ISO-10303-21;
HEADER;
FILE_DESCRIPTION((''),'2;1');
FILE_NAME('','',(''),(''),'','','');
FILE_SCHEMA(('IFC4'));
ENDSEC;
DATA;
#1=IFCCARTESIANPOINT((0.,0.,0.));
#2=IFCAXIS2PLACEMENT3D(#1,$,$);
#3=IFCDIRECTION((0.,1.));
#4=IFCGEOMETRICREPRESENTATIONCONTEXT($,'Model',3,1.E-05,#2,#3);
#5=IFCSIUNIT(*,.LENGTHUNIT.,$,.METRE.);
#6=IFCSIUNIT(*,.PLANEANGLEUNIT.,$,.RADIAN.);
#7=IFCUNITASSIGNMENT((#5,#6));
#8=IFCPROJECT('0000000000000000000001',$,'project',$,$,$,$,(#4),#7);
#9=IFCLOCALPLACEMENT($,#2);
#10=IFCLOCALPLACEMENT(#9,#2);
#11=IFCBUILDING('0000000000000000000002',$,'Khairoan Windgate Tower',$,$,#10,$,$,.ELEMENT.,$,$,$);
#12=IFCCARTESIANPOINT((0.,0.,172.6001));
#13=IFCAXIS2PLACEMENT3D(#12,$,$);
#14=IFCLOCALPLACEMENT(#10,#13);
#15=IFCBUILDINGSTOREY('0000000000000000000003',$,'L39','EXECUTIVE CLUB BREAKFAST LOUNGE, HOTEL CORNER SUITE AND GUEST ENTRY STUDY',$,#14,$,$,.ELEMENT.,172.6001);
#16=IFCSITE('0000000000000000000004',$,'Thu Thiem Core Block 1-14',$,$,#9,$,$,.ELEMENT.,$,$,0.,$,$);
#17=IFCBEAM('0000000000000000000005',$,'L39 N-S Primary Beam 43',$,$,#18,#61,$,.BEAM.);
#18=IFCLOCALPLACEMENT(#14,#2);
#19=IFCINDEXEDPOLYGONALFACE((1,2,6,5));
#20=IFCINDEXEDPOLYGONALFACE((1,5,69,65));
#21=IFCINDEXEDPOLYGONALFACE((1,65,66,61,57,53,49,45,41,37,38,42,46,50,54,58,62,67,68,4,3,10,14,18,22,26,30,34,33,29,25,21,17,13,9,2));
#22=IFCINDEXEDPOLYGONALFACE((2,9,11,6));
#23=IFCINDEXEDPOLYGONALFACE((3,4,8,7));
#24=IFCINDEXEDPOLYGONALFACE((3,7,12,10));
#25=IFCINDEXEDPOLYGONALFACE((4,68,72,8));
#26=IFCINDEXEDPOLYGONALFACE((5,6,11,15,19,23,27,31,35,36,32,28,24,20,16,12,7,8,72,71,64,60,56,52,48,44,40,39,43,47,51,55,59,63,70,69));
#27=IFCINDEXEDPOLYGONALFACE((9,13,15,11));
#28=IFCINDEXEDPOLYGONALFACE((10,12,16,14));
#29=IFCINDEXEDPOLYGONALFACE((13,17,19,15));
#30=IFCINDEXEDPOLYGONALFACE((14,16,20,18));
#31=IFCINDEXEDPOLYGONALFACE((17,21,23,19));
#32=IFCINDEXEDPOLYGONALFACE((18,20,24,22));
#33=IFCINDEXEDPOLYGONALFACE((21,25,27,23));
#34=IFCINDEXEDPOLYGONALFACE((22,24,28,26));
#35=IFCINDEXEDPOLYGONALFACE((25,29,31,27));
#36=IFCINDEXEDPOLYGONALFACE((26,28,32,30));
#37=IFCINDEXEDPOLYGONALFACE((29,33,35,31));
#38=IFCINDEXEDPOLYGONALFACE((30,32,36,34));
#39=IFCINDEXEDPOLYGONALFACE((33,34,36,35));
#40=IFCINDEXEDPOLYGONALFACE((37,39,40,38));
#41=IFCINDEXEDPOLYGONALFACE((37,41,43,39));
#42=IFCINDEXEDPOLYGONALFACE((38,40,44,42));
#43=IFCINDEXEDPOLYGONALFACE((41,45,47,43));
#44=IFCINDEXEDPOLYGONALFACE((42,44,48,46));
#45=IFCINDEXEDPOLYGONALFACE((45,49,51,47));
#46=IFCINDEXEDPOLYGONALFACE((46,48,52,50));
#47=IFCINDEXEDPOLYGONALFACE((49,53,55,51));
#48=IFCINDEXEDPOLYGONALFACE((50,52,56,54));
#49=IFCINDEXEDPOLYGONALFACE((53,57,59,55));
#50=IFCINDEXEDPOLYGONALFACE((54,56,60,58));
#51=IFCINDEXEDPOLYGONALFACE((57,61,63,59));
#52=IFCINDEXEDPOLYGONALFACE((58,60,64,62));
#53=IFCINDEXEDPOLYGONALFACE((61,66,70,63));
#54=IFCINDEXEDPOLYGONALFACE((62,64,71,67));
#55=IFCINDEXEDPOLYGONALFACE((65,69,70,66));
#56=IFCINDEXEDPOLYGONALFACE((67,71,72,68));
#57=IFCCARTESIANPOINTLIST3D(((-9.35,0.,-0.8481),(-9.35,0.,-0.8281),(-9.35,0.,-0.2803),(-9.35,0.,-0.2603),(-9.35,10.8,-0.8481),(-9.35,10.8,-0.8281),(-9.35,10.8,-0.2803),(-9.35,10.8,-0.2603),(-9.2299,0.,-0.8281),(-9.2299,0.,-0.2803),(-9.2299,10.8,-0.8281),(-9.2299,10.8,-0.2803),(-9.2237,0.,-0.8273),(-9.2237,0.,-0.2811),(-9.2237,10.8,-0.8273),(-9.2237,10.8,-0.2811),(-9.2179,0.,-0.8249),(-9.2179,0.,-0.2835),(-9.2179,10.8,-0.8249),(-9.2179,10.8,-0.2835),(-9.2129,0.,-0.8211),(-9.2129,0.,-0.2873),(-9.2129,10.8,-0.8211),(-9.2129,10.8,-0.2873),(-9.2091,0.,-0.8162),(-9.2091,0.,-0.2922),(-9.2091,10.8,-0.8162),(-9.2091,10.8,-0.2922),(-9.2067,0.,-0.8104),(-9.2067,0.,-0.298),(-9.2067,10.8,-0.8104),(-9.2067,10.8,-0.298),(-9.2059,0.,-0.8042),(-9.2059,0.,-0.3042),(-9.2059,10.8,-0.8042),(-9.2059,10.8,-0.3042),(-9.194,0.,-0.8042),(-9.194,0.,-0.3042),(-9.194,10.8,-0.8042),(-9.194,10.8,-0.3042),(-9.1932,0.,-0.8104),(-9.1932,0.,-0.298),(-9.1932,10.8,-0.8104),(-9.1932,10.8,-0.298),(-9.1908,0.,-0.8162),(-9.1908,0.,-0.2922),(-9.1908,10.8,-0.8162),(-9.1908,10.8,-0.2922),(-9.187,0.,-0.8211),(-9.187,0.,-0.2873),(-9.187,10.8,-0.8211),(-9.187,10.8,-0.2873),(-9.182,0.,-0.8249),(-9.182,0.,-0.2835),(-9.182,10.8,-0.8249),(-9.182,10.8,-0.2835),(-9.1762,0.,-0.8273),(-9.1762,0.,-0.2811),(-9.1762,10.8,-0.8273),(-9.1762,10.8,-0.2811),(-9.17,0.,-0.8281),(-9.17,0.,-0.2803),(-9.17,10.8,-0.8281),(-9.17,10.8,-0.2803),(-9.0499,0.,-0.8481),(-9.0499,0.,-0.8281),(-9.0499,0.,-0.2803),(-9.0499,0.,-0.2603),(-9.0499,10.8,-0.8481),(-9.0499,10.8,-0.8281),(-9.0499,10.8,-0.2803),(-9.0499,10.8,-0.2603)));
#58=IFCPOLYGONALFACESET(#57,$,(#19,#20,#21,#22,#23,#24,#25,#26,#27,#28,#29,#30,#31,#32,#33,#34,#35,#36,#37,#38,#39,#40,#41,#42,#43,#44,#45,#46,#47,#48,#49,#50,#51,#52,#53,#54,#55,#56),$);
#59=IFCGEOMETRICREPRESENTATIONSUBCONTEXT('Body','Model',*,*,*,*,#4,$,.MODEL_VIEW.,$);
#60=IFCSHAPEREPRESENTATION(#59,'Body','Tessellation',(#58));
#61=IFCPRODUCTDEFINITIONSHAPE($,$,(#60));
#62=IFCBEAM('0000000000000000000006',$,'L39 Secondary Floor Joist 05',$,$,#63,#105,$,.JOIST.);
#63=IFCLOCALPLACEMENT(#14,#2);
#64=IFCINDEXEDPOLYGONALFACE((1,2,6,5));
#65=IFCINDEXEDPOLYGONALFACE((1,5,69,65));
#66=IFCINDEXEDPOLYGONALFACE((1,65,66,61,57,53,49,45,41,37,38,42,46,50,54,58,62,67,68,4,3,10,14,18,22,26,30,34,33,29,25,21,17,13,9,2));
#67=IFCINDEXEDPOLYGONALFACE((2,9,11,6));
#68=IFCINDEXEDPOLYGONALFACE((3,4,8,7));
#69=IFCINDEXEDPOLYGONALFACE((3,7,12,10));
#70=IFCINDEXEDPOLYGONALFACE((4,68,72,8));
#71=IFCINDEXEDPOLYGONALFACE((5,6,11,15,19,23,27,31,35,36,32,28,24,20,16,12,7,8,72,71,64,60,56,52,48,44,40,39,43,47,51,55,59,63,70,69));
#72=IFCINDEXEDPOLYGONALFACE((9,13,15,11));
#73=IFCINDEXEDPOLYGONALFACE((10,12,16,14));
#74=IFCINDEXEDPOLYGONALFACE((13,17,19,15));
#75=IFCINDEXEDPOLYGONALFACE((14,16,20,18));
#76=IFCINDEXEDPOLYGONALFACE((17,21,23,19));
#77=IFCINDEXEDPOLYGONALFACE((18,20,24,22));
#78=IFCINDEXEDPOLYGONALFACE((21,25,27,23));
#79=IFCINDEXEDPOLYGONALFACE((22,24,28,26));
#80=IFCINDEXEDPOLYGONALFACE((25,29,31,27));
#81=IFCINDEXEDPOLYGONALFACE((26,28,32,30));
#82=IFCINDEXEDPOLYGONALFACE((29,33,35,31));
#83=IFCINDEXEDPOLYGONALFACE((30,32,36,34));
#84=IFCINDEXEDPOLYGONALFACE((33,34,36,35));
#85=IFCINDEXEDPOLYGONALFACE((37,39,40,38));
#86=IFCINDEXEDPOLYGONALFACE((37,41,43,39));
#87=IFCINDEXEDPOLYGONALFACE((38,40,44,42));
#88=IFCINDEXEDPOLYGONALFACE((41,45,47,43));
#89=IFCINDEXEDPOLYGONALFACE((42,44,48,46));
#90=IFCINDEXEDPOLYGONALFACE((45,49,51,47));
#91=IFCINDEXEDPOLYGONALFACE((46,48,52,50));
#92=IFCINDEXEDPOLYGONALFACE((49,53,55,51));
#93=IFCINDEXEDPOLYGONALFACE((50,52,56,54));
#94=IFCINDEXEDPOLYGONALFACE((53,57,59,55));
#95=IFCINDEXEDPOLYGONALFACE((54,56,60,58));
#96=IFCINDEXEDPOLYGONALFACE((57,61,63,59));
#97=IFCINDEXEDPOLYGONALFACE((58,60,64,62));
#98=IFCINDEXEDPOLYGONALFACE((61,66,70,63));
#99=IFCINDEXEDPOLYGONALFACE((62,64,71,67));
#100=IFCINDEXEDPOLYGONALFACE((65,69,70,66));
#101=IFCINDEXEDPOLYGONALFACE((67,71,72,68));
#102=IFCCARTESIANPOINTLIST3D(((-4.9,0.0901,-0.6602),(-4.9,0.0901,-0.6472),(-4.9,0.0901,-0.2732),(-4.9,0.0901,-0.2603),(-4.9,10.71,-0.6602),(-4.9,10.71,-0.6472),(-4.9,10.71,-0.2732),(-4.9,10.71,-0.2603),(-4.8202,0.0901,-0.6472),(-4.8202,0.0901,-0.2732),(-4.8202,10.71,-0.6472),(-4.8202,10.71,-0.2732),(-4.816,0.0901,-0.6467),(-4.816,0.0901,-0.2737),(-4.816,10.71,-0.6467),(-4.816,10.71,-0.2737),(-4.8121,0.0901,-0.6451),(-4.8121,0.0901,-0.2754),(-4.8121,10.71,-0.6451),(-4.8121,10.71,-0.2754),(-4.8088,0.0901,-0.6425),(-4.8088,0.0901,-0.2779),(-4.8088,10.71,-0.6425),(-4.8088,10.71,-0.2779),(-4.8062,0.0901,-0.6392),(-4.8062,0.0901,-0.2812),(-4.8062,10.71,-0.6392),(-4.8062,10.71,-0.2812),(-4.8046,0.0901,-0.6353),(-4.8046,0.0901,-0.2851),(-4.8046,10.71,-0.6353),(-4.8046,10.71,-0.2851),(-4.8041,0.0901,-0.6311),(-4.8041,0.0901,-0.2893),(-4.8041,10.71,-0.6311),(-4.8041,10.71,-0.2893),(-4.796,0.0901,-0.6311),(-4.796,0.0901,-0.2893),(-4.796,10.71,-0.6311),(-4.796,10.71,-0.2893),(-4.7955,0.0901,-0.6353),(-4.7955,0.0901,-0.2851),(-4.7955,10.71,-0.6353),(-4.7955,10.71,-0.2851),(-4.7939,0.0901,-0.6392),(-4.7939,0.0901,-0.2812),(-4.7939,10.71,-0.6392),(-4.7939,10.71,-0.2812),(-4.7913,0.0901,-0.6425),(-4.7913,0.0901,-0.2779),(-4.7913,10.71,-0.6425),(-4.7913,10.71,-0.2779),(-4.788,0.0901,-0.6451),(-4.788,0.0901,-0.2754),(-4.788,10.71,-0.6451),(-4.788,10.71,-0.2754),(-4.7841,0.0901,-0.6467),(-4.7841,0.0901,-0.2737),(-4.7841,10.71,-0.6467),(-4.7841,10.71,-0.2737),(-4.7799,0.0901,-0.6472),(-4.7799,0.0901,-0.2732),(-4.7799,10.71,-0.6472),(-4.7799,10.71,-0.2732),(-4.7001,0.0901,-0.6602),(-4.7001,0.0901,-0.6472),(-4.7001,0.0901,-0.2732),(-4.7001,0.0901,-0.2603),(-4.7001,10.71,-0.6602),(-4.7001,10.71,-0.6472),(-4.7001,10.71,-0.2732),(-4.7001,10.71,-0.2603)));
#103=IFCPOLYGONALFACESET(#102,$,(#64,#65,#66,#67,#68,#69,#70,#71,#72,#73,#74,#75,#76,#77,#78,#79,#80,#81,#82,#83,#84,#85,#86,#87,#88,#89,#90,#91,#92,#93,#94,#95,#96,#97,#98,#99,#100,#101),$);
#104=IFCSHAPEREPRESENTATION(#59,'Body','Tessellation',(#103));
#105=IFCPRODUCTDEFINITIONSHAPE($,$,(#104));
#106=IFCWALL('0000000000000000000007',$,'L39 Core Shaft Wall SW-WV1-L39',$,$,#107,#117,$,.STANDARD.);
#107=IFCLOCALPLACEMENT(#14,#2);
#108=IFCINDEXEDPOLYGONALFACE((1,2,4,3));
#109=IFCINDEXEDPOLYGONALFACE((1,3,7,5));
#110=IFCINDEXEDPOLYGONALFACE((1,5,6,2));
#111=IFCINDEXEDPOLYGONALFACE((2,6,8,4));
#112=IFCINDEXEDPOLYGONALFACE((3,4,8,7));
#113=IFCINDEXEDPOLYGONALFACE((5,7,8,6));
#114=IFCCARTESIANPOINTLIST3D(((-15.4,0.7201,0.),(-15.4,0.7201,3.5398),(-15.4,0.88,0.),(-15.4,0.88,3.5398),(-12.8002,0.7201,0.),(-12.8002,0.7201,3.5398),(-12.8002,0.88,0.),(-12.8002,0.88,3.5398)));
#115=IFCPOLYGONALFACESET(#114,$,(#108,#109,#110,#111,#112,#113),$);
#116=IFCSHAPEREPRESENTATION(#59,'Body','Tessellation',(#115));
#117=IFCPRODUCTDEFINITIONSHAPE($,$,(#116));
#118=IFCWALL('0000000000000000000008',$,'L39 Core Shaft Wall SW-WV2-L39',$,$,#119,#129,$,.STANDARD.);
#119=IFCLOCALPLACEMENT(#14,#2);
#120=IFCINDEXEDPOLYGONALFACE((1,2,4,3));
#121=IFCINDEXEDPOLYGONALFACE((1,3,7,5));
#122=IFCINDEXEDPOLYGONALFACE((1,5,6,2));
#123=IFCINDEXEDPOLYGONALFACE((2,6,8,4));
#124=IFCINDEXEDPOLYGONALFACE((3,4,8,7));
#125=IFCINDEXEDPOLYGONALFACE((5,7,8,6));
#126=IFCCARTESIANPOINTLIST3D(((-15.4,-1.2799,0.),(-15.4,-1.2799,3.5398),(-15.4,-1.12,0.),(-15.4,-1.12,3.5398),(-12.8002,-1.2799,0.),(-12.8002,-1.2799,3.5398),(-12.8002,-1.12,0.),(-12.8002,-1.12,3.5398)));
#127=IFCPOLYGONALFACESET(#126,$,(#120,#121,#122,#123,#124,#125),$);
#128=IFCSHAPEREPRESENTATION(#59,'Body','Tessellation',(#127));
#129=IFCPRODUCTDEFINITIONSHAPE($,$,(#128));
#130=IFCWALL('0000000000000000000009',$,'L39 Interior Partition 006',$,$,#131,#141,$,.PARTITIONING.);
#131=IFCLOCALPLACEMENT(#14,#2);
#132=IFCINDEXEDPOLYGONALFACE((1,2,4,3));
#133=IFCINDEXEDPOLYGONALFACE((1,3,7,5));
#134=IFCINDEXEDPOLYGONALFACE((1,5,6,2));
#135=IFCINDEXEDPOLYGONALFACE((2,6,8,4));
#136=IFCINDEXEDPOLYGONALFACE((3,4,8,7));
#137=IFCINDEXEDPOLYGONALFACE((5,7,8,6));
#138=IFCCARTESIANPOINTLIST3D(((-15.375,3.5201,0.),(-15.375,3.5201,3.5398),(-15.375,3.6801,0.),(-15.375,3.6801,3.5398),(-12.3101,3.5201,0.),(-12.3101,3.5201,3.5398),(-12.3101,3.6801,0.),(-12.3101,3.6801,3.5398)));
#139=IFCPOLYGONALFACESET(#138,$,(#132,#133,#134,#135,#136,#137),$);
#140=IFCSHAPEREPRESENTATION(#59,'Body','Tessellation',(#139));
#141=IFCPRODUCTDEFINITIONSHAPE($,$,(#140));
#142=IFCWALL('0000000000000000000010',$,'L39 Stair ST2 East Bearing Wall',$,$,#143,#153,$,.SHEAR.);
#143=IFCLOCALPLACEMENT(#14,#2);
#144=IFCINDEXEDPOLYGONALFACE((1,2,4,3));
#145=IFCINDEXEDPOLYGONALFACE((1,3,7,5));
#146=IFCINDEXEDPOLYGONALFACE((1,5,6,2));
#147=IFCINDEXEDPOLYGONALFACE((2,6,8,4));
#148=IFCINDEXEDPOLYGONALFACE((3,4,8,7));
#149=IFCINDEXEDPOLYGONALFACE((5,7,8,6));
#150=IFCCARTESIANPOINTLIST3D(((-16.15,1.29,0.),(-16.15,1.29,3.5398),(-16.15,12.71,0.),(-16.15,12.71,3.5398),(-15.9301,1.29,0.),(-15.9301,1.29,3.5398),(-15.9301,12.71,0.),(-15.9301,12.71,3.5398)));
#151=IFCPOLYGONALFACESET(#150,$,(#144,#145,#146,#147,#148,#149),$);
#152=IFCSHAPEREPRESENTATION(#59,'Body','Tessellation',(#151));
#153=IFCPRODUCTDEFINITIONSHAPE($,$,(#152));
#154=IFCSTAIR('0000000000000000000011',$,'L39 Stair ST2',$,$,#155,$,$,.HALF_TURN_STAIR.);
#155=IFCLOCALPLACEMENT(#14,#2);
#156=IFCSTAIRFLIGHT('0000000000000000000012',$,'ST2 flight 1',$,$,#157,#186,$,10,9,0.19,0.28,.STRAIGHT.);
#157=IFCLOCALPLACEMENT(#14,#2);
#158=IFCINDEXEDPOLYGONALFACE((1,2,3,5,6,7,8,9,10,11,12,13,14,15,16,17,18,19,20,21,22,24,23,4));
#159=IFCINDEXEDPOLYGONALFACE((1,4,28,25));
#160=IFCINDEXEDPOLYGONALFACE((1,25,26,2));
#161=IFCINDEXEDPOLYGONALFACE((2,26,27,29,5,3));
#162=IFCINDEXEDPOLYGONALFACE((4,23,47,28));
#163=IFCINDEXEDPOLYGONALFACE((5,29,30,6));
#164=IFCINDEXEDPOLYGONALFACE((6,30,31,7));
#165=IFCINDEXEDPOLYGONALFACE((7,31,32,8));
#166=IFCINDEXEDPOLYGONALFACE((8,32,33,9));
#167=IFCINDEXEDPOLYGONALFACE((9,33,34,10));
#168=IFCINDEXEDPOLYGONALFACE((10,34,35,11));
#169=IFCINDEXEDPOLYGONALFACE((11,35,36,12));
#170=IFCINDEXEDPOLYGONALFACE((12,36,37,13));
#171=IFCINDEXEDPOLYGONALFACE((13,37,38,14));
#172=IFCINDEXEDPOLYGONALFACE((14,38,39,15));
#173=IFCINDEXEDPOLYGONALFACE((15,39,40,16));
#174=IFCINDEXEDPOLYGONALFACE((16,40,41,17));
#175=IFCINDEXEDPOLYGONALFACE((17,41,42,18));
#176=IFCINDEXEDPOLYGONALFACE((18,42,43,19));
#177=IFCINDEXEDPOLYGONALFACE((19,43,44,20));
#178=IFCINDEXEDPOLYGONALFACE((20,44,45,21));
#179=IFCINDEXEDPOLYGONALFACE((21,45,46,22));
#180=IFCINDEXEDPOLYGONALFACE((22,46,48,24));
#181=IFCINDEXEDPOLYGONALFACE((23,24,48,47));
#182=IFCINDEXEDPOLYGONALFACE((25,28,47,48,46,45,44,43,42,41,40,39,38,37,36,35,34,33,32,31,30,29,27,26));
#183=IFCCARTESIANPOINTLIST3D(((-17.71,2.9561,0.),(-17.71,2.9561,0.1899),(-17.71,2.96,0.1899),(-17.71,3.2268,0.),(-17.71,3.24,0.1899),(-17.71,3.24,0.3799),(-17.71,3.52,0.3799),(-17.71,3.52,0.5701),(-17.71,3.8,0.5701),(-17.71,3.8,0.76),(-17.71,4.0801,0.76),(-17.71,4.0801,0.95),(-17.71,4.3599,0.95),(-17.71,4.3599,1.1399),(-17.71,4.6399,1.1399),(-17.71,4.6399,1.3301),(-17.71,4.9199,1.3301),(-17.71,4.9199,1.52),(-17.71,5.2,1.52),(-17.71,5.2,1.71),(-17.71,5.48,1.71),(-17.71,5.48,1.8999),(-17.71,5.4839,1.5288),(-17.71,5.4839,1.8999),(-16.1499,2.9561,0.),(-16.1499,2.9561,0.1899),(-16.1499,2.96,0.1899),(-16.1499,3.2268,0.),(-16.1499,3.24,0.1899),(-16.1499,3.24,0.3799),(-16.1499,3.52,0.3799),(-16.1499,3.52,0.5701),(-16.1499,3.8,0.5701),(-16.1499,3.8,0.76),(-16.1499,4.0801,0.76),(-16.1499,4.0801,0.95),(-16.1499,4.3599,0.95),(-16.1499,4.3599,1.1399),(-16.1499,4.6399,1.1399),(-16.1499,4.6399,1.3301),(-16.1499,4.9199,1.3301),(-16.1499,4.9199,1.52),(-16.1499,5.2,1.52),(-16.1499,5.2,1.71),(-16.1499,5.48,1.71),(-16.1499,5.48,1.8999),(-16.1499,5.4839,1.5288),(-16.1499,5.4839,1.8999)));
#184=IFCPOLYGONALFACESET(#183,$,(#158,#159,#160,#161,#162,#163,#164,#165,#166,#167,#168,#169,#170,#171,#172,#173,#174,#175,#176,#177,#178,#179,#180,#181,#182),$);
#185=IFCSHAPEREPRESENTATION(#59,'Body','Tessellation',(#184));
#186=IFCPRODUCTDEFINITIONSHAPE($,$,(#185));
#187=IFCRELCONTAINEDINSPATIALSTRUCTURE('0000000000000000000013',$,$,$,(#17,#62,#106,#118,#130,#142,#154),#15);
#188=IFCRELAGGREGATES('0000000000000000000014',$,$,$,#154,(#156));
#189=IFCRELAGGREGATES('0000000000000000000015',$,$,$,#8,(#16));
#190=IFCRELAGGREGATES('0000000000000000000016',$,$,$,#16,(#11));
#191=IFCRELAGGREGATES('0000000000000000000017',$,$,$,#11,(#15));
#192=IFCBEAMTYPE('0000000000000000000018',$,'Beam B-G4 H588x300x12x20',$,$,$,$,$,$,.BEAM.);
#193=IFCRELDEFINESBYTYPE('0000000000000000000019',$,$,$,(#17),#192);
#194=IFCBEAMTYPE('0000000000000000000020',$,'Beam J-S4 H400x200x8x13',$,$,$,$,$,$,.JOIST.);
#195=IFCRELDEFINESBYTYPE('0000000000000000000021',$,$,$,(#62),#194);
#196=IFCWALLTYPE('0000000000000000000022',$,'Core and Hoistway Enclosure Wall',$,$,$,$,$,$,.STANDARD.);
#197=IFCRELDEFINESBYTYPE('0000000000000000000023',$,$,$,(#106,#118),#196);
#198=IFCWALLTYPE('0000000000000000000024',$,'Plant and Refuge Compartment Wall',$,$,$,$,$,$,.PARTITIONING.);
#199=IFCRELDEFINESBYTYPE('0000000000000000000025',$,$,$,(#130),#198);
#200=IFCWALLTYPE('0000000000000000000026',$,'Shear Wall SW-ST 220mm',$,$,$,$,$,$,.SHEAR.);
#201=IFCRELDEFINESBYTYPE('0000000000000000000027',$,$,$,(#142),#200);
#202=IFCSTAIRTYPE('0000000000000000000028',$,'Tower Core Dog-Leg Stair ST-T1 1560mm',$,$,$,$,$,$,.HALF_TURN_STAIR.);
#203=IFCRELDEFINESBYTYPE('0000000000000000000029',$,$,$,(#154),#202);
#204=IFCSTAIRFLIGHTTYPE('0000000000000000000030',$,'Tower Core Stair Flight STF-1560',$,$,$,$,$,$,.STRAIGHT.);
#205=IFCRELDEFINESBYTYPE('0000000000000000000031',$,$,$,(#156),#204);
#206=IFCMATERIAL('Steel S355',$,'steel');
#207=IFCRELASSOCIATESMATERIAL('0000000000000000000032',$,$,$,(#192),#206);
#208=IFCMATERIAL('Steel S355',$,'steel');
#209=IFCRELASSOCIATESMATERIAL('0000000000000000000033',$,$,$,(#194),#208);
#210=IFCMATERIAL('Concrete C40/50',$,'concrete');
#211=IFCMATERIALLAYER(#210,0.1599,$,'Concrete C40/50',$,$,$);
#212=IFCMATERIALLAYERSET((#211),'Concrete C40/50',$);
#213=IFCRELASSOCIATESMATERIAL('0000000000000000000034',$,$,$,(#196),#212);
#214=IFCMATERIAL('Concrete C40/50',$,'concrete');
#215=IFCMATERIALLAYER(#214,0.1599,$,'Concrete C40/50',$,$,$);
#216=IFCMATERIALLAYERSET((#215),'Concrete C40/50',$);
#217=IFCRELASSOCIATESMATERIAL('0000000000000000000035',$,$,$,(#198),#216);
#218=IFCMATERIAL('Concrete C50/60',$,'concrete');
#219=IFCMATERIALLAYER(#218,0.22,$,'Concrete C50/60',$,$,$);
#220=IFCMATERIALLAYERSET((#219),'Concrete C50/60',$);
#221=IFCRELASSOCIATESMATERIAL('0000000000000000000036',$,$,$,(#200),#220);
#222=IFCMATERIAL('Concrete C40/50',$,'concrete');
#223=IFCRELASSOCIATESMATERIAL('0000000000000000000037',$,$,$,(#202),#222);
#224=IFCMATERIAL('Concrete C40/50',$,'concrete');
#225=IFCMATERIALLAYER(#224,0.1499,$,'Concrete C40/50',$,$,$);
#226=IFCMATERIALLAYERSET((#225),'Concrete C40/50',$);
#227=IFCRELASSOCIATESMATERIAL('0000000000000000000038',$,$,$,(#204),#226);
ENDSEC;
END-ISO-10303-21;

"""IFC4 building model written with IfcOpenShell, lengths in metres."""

from ifc_helpers import new_model, si_unit, direction, frame, frame_2d, origin, origin_2d, place, context, subcontext, project, spatial, polyline, rectangle, i_section, outline, extrude, material, layer, layer_set, material_profile, profile_set, type_object, element, aggregate, save


model = new_model("IFC4")

# Units and contexts
model_context = context("Model", 3, precision=1e-05, world=origin(), true_north=direction((0.0, 1.0)))
body_context = subcontext(model_context, "Body", "Model", "MODEL_VIEW")
ifc_project = project(units=[si_unit("LENGTHUNIT", "METRE"), si_unit("PLANEANGLEUNIT", "RADIAN")], contexts=[model_context])

# Site, building, storey
site_placement = place(None, origin())
site = spatial("IfcSite", under=ifc_project, at=site_placement, Name="Thu Thiem Core Block 1-14", CompositionType="ELEMENT", RefElevation=0.0)
building_placement = place(site_placement, origin())
building = spatial("IfcBuilding", under=site, at=building_placement, Name="Khairoan Windgate Tower", CompositionType="ELEMENT")
storey_placement = place(building_placement, frame((0.0, 0.0, 172.6001)))
storey = spatial("IfcBuildingStorey", under=building, at=storey_placement, Name="L39", Description="EXECUTIVE CLUB BREAKFAST LOUNGE, HOTEL CORNER SUITE AND GUEST ENTRY STUDY", CompositionType="ELEMENT", Elevation=172.6001)

# Beams
ifc_material_1 = material(Name="Steel S355", Category="steel")
ifc_material_profile_1 = material_profile(ifc_material_1, i_section(OverallWidth=0.3, OverallDepth=0.5879, WebThickness=0.012, FlangeThickness=0.02, FilletRadius=0.0239, at=origin_2d()))
ifc_profile_set_1 = profile_set([ifc_material_profile_1], Name="Steel S355")
beam_type_1 = type_object("IfcBeamType", Name="Beam B-G4 H588x300x12x20", PredefinedType="BEAM", material=ifc_profile_set_1)
beam_1_placement = place(storey_placement, frame((-9.2, 0.0, -0.5542), z_axis=(0.0, 1.0, 0.0), x_axis=(-1.0, 0.0, 0.0)))
element("IfcBeam", 1, at=beam_1_placement, inside=storey, type_object=beam_type_1, Name="L39 N-S Primary Beam 43", PredefinedType="BEAM", context=body_context, shape_type="SweptSolid", body=[
    extrude(i_section(OverallWidth=0.3, OverallDepth=0.5879, WebThickness=0.012, FlangeThickness=0.02, FilletRadius=0.0239, at=origin_2d()), origin(), (0.0, 0.0, 1.0), 10.8),
])
ifc_material_2 = material(Name="Steel S355", Category="steel")
ifc_material_profile_2 = material_profile(ifc_material_2, i_section(OverallWidth=0.2, OverallDepth=0.3999, WebThickness=0.0081, FlangeThickness=0.0129, FilletRadius=0.0161, at=origin_2d()))
ifc_profile_set_2 = profile_set([ifc_material_profile_2], Name="Steel S355")
beam_type_2 = type_object("IfcBeamType", Name="Beam J-S4 H400x200x8x13", PredefinedType="JOIST", material=ifc_profile_set_2)
beam_2_placement = place(storey_placement, frame((-4.8, 0.0901, -0.4602), z_axis=(0.0, 1.0, 0.0), x_axis=(-1.0, 0.0, 0.0)))
element("IfcBeam", 2, at=beam_2_placement, inside=storey, type_object=beam_type_2, Name="L39 Secondary Floor Joist 05", PredefinedType="JOIST", context=body_context, shape_type="SweptSolid", body=[
    extrude(i_section(OverallWidth=0.2, OverallDepth=0.3999, WebThickness=0.0081, FlangeThickness=0.0129, FilletRadius=0.0161, at=origin_2d()), origin(), (0.0, 0.0, 1.0), 10.6199),
])

# Walls
ifc_material_3 = material(Name="Concrete C40/50", Category="concrete")
ifc_layer_1 = layer(ifc_material_3, 0.1599, Name="Concrete C40/50")
ifc_layer_set_1 = layer_set([ifc_layer_1], Name="Concrete C40/50")
wall_type_1 = type_object("IfcWallType", Name="Core and Hoistway Enclosure Wall", PredefinedType="STANDARD", material=ifc_layer_set_1)
for number, where, z_axis, x_axis, name in (
    (3, (-15.3999, 0.8, 0.0), (0.0, 0.0, 1.0), (1.0, 0.0, 0.0), "L39 Core Shaft Wall SW-WV1-L39"),
    (4, (-15.3999, -1.2, 0.0), (0.0, 0.0, 1.0), (1.0, 0.0, 0.0), "L39 Core Shaft Wall SW-WV2-L39"),
):
    element("IfcWall", number, at=place(storey_placement, frame(where, z_axis=z_axis, x_axis=x_axis)), inside=storey, type_object=wall_type_1, Name=name, PredefinedType="STANDARD", context=body_context, shape_type="SweptSolid", body=[
        extrude(rectangle(XDim=2.5999, YDim=0.1599, at=frame_2d((1.2998, 0.0))), origin(), (0.0, 0.0, 1.0), 3.5398),
    ])
ifc_material_4 = material(Name="Concrete C40/50", Category="concrete")
ifc_layer_2 = layer(ifc_material_4, 0.1599, Name="Concrete C40/50")
ifc_layer_set_2 = layer_set([ifc_layer_2], Name="Concrete C40/50")
wall_type_2 = type_object("IfcWallType", Name="Plant and Refuge Compartment Wall", PredefinedType="PARTITIONING", material=ifc_layer_set_2)
wall_1_placement = place(storey_placement, frame((-15.375, 3.6001, 0.0), z_axis=(0.0, 0.0, 1.0), x_axis=(1.0, 0.0, 0.0)))
element("IfcWall", 5, at=wall_1_placement, inside=storey, type_object=wall_type_2, Name="L39 Interior Partition 006", PredefinedType="PARTITIONING", context=body_context, shape_type="SweptSolid", body=[
    extrude(rectangle(XDim=3.0649, YDim=0.1599, at=frame_2d((1.5325, 0.0))), origin(), (0.0, 0.0, 1.0), 3.5398),
])
ifc_material_5 = material(Name="Concrete C50/60", Category="concrete")
ifc_layer_3 = layer(ifc_material_5, 0.22, Name="Concrete C50/60")
ifc_layer_set_3 = layer_set([ifc_layer_3], Name="Concrete C50/60")
wall_type_3 = type_object("IfcWallType", Name="Shear Wall SW-ST 220mm", PredefinedType="SHEAR", material=ifc_layer_set_3)
wall_2_placement = place(storey_placement, frame((-16.04, 1.29, 0.0), z_axis=(0.0, 0.0, 1.0), x_axis=(0.0, 1.0, 0.0)))
element("IfcWall", 6, at=wall_2_placement, inside=storey, type_object=wall_type_3, Name="L39 Stair ST2 East Bearing Wall", PredefinedType="SHEAR", context=body_context, shape_type="SweptSolid", body=[
    extrude(rectangle(XDim=11.4199, YDim=0.22, at=frame_2d((5.71, 0.0))), origin(), (0.0, 0.0, 1.0), 3.5398),
])

# Stair, stair flight
ifc_material_6 = material(Name="Concrete C40/50", Category="concrete")
stair_type = type_object("IfcStairType", Name="Tower Core Dog-Leg Stair ST-T1 1560mm", PredefinedType="HALF_TURN_STAIR", material=ifc_material_6)
stair_placement = place(storey_placement, origin())
stair = element("IfcStair", 7, at=stair_placement, inside=storey, type_object=stair_type, Name="L39 Stair ST2", PredefinedType="HALF_TURN_STAIR")
ifc_material_7 = material(Name="Concrete C40/50", Category="concrete")
ifc_layer_4 = layer(ifc_material_7, 0.1499, Name="Concrete C40/50")
ifc_layer_set_4 = layer_set([ifc_layer_4], Name="Concrete C40/50")
stair_flight_type = type_object("IfcStairFlightType", Name="Tower Core Stair Flight STF-1560", PredefinedType="STRAIGHT", material=ifc_layer_set_4)
stair_flight_placement = place(storey_placement, frame((-16.9299, 2.96, 0.0), z_axis=(0.0, 0.0, 1.0), x_axis=(0.0, 1.0, 0.0)))
stair_flight = element("IfcStairFlight", 8, at=stair_flight_placement, type_object=stair_flight_type, Name="ST2 flight 1", NumberOfRisers=10, NumberOfTreads=9, PredefinedType="STRAIGHT", RiserHeight=0.19, TreadLength=0.28, context=body_context, shape_type="SweptSolid", body=[
    extrude(outline(polyline([(-0.0039, 0.0), (-0.0039, 0.1899), (0.0, 0.1899), (0.28, 0.1899), (0.28, 0.3799), (0.5601, 0.3799), (0.5601, 0.5701), (0.8401, 0.5701), (0.8401, 0.76), (1.1201, 0.76), (1.1201, 0.95), (1.3999, 0.95), (1.3999, 1.1399), (1.6799, 1.1399), (1.6799, 1.3301), (1.96, 1.3301), (1.96, 1.52), (2.24, 1.52), (2.24, 1.71), (2.52, 1.71), (2.52, 1.8999), (2.5239, 1.8999), (2.5239, 1.5288), (0.2668, 0.0), (-0.0039, 0.0)])), frame((0.0, 0.78, 0.0), z_axis=(0.0, -1.0, 0.0), x_axis=(1.0, 0.0, 0.0)), (0.0, 0.0, 1.0), 1.5601),
])
aggregate(stair, [stair_flight])

save(model, "model.ifc")
